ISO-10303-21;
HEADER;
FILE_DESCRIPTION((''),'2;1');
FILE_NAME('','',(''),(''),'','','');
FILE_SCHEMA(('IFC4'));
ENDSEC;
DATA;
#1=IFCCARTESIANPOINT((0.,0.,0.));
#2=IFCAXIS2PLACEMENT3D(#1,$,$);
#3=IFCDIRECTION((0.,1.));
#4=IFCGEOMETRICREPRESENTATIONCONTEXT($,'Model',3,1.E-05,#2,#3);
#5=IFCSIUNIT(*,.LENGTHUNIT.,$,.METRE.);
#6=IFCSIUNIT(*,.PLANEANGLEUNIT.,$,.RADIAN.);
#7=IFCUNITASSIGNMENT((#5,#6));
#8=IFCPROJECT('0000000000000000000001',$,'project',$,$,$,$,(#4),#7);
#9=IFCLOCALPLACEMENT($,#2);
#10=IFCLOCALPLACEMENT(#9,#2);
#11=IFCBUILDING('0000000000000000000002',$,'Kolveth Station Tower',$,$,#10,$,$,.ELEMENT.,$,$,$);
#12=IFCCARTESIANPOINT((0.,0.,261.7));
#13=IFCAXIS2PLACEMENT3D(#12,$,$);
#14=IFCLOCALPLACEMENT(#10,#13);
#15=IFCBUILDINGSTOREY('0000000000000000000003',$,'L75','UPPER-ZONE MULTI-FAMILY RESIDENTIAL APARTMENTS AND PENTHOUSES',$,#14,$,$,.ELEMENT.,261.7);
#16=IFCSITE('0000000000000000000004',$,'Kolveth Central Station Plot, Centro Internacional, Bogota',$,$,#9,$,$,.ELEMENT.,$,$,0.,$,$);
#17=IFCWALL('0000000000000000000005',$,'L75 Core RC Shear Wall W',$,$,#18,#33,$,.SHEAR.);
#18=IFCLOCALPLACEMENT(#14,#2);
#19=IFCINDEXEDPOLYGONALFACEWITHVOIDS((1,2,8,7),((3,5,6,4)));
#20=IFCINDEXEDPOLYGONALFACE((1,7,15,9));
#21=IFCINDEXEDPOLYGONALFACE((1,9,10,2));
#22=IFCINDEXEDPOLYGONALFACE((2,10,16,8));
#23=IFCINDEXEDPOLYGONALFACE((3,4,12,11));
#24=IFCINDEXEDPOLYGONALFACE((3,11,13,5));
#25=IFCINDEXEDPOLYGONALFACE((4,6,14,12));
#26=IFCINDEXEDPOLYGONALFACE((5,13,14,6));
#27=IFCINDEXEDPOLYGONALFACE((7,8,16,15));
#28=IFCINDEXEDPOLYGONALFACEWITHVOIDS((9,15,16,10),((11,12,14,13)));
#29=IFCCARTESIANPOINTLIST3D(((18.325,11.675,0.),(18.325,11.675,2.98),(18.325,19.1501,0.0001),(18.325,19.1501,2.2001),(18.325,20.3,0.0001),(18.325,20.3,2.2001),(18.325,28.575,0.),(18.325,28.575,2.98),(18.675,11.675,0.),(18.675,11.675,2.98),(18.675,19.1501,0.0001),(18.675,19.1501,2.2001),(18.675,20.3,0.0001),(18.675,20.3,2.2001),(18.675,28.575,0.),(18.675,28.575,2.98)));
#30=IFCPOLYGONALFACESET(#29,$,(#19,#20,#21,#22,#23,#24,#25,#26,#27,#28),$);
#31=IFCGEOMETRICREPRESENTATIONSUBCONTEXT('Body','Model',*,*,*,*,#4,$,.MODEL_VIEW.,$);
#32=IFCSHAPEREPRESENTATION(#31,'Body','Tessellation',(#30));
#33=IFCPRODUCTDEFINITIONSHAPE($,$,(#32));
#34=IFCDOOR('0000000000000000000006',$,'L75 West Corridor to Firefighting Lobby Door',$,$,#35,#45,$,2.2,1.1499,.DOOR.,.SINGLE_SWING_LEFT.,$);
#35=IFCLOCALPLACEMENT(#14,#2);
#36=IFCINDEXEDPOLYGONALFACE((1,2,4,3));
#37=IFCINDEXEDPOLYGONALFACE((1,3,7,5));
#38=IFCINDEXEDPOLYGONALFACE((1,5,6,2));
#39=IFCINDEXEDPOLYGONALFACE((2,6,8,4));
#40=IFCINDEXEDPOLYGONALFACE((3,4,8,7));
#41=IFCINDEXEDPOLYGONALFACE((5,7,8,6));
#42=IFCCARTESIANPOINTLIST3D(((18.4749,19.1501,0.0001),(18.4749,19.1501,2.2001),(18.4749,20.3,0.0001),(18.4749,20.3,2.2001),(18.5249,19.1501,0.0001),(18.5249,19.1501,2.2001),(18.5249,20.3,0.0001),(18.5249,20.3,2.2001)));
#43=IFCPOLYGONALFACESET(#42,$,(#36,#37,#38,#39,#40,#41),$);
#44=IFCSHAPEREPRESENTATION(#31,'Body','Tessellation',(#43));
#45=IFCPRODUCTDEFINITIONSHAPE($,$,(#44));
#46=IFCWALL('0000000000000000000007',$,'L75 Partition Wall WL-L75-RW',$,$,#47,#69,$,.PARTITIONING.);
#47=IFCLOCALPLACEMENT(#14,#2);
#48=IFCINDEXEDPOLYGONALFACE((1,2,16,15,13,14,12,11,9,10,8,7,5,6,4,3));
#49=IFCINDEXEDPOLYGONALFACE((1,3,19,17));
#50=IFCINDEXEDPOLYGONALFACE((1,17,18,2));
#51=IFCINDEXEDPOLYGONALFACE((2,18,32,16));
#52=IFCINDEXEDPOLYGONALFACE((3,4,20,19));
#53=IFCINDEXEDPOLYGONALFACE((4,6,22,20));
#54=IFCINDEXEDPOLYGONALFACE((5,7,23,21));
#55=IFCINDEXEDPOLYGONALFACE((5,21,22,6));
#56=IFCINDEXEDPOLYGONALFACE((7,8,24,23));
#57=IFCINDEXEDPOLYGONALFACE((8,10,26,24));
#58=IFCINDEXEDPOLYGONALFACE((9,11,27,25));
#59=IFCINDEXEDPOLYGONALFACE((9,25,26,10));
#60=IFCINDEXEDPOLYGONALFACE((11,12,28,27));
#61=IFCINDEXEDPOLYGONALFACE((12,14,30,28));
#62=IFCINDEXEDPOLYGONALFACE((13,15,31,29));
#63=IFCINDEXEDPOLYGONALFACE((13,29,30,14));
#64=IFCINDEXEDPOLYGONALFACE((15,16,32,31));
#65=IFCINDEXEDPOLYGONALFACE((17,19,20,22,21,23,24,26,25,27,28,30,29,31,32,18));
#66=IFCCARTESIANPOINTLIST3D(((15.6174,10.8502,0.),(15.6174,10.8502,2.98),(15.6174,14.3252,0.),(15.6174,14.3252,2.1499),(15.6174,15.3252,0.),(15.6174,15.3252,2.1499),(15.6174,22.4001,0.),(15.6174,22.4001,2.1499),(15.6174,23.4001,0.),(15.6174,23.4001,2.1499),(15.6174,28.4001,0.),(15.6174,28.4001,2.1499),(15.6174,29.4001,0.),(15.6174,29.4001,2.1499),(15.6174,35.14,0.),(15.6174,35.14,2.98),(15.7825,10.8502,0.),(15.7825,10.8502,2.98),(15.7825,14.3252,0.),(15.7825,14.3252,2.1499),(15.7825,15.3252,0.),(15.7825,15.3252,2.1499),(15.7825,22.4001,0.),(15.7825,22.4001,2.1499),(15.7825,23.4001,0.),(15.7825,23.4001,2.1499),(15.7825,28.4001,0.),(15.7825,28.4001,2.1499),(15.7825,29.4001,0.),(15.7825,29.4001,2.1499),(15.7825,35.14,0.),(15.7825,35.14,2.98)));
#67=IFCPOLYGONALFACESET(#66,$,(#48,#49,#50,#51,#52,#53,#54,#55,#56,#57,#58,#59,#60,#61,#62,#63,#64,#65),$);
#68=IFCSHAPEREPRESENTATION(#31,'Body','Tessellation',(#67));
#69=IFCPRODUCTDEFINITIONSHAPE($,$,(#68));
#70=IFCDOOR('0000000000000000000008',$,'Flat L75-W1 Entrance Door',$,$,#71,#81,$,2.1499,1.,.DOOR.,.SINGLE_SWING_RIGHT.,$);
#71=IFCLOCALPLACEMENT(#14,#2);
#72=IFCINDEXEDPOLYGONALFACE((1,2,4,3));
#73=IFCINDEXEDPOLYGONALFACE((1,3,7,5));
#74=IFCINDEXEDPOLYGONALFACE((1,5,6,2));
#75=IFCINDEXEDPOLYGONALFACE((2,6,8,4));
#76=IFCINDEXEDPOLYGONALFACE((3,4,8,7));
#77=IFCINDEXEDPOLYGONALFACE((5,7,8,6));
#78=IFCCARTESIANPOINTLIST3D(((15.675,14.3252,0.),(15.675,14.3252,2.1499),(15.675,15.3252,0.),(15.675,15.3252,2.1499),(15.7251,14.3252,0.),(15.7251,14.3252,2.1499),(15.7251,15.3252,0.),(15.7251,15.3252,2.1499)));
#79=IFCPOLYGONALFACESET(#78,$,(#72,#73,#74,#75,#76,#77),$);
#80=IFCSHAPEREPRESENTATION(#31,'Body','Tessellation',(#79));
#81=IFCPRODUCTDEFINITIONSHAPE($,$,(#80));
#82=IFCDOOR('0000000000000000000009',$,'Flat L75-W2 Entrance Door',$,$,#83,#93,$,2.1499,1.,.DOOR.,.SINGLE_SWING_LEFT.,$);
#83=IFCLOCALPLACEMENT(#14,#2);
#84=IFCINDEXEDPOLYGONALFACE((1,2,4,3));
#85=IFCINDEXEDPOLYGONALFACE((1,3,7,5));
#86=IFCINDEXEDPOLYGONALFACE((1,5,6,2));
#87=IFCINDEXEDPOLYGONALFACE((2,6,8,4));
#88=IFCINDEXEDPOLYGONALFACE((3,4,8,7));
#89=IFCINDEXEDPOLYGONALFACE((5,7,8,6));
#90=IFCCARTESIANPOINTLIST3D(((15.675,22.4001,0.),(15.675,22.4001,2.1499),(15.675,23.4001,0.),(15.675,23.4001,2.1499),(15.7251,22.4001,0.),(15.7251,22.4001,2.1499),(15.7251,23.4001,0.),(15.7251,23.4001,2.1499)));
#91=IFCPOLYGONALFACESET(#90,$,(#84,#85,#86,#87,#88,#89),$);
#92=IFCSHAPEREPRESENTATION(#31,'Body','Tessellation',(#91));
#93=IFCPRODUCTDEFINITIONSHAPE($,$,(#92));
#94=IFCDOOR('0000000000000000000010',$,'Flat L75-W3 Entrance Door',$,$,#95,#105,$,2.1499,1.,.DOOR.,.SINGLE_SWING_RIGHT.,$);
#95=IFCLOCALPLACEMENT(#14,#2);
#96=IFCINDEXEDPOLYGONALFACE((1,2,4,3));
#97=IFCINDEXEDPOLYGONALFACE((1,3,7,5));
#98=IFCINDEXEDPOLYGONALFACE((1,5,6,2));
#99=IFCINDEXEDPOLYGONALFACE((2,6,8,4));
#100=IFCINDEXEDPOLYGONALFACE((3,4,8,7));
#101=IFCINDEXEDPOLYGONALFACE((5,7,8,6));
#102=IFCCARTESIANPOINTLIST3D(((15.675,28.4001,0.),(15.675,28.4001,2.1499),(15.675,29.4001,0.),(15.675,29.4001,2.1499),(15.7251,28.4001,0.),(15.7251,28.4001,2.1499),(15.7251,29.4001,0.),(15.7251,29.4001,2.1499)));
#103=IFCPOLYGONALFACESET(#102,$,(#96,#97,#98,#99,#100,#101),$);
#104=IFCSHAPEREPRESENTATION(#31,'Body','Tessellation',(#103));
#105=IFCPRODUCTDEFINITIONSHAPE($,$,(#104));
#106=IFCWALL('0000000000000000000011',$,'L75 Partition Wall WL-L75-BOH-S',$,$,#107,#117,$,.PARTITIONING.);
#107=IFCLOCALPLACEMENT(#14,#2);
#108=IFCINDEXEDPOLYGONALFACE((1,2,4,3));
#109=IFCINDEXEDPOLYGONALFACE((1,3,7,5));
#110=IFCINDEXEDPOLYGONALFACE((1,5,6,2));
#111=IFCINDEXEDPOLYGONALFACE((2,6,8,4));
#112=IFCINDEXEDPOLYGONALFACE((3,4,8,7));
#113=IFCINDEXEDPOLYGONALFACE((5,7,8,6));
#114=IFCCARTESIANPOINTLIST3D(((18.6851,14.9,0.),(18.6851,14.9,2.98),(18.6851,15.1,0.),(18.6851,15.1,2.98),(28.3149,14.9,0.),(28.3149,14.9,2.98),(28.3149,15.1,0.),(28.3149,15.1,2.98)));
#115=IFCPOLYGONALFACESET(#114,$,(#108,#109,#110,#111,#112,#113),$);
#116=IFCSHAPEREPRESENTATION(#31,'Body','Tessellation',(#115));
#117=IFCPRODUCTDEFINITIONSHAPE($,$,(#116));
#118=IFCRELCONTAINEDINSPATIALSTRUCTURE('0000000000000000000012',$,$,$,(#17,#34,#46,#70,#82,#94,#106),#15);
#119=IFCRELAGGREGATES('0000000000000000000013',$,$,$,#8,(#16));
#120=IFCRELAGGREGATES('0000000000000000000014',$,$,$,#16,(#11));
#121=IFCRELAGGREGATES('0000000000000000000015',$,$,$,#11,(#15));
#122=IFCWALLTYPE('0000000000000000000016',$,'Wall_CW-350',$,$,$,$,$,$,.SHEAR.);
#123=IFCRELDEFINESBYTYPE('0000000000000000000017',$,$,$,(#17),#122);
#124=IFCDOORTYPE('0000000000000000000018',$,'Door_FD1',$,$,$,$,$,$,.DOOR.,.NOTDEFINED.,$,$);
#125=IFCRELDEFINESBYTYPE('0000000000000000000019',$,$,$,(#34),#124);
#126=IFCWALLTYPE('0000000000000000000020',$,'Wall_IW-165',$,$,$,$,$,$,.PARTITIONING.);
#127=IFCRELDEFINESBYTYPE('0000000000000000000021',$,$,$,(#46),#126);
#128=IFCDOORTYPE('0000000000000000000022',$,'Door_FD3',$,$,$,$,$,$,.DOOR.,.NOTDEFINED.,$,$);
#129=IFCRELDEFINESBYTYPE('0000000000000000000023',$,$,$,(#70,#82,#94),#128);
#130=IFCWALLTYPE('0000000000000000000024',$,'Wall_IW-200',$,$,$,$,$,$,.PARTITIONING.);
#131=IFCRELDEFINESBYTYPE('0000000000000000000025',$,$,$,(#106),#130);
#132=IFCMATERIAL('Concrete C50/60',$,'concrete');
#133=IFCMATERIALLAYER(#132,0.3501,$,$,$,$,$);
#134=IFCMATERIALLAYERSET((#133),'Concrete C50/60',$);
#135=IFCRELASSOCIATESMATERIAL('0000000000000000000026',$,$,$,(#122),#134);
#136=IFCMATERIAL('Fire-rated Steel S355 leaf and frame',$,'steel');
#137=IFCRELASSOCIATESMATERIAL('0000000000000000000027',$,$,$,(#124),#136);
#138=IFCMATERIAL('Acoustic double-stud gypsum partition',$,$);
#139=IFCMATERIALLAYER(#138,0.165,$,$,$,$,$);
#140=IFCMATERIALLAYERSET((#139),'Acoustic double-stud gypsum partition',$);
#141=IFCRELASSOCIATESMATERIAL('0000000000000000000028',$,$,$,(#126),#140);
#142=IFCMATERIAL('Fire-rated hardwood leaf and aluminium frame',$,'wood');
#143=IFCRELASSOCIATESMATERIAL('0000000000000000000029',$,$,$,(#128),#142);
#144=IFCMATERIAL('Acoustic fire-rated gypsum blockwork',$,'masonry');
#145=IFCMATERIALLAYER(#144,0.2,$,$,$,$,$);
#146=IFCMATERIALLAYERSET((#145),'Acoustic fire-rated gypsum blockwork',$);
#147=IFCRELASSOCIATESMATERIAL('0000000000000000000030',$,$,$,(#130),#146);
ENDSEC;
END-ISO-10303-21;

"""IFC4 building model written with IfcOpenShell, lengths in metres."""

from ifc_helpers import new_model, si_unit, direction, frame, frame_2d, origin, place, context, subcontext, project, spatial, rectangle, extrude, material, layer, layer_set, type_object, element, fill, save


model = new_model("IFC4")

# Units and contexts
model_context = context("Model", 3, precision=1e-05, world=origin(), true_north=direction((0.0, 1.0)))
body_context = subcontext(model_context, "Body", "Model", "MODEL_VIEW")
ifc_project = project(units=[si_unit("LENGTHUNIT", "METRE"), si_unit("PLANEANGLEUNIT", "RADIAN")], contexts=[model_context])

# Site, building, storey
site_placement = place(None, origin())
site = spatial("IfcSite", under=ifc_project, at=site_placement, Name="Kolveth Central Station Plot, Centro Internacional, Bogota", CompositionType="ELEMENT", RefElevation=0.0)
building_placement = place(site_placement, origin())
building = spatial("IfcBuilding", under=site, at=building_placement, Name="Kolveth Station Tower", CompositionType="ELEMENT")
storey_placement = place(building_placement, frame((0.0, 0.0, 261.7)))
storey = spatial("IfcBuildingStorey", under=building, at=storey_placement, Name="L75", Description="UPPER-ZONE MULTI-FAMILY RESIDENTIAL APARTMENTS AND PENTHOUSES", CompositionType="ELEMENT", Elevation=261.7)

# Shared definitions
ifc_material_1 = material(Name="Concrete C50/60", Category="concrete")
ifc_layer_1 = layer(ifc_material_1, 0.3501)
ifc_layer_set_1 = layer_set([ifc_layer_1], Name="Concrete C50/60")
wall_type_1 = type_object("IfcWallType", Name="Wall_CW-350", PredefinedType="SHEAR", material=ifc_layer_set_1)

# Wall, opening, door
wall_1_placement = place(storey_placement, frame((18.5, 11.675, 0.0), z_axis=(0.0, 0.0, 1.0), x_axis=(0.0, 1.0, 0.0)))
wall_1 = element("IfcWall", 1, at=wall_1_placement, inside=storey, type_object=wall_type_1, Name="L75 Core RC Shear Wall W", PredefinedType="SHEAR", context=body_context, shape_type="SweptSolid", body=[
    extrude(rectangle(XDim=16.8999, YDim=0.3501, at=frame_2d((8.45, 0.0))), origin(), (0.0, 0.0, 1.0), 2.98),
])
opening_1_placement = place(wall_1_placement, frame((7.4751, 0.0, 0.0)))
opening_1 = element("IfcOpeningElement", 2, at=opening_1_placement, cuts=wall_1, PredefinedType="OPENING", context=body_context, shape_type="SweptSolid", body=[
    extrude(rectangle(XDim=1.1499, YDim=2.2, at=frame_2d((0.575, 1.1001))), frame((0.0, 0.1851, 0.0), z_axis=(0.0, -1.0, 0.0), x_axis=(1.0, 0.0, 0.0)), (0.0, 0.0, 1.0), 0.3701),
])
ifc_material_2 = material(Name="Fire-rated Steel S355 leaf and frame", Category="steel")
door_type_1 = type_object("IfcDoorType", Name="Door_FD1", OperationType="NOTDEFINED", PredefinedType="DOOR", material=ifc_material_2)
door_1_placement = place(opening_1_placement, frame((1.1499, 0.0, 0.0), z_axis=(0.0, 0.0, 1.0), x_axis=(-1.0, 0.0, 0.0)))
door_1 = element("IfcDoor", 3, at=door_1_placement, inside=storey, type_object=door_type_1, Name="L75 West Corridor to Firefighting Lobby Door", OperationType="SINGLE_SWING_LEFT", OverallHeight=2.2, OverallWidth=1.1499, PredefinedType="DOOR", context=body_context, shape_type="SweptSolid", body=[
    extrude(rectangle(XDim=1.1499, YDim=2.2, at=frame_2d((0.575, 1.1001))), frame((0.0, 0.0249, 0.0), z_axis=(0.0, -1.0, 0.0), x_axis=(1.0, 0.0, 0.0)), (0.0, 0.0, 1.0), 0.05),
])
fill(opening_1, door_1)

# Wall, openings, doors
ifc_material_3 = material(Name="Acoustic double-stud gypsum partition")
ifc_layer_2 = layer(ifc_material_3, 0.165)
ifc_layer_set_2 = layer_set([ifc_layer_2], Name="Acoustic double-stud gypsum partition")
wall_type_2 = type_object("IfcWallType", Name="Wall_IW-165", PredefinedType="PARTITIONING", material=ifc_layer_set_2)
wall_2_placement = place(storey_placement, frame((15.7, 10.8501, 0.0), z_axis=(0.0, 0.0, 1.0), x_axis=(0.0, 1.0, 0.0)))
wall_2 = element("IfcWall", 4, at=wall_2_placement, inside=storey, type_object=wall_type_2, Name="L75 Partition Wall WL-L75-RW", PredefinedType="PARTITIONING", context=body_context, shape_type="SweptSolid", body=[
    extrude(rectangle(XDim=24.2898, YDim=0.165, at=frame_2d((12.145, 0.0))), origin(), (0.0, 0.0, 1.0), 2.98),
])
opening_2_placement = place(wall_2_placement, frame((3.4751, 0.0, 0.0)))
opening_2 = element("IfcOpeningElement", 5, at=opening_2_placement, cuts=wall_2, PredefinedType="OPENING", context=body_context, shape_type="SweptSolid", body=[
    extrude(rectangle(XDim=1.0, YDim=2.1499, at=frame_2d((0.5, 1.075))), frame((0.0, 0.0925, 0.0), z_axis=(0.0, -1.0, 0.0), x_axis=(1.0, 0.0, 0.0)), (0.0, 0.0, 1.0), 0.1851),
])
opening_3_placement = place(wall_2_placement, frame((11.55, 0.0, 0.0)))
opening_3 = element("IfcOpeningElement", 6, at=opening_3_placement, cuts=wall_2, PredefinedType="OPENING", context=body_context, shape_type="SweptSolid", body=[
    extrude(rectangle(XDim=1.0, YDim=2.1499, at=frame_2d((0.5, 1.075))), frame((0.0, 0.0925, 0.0), z_axis=(0.0, -1.0, 0.0), x_axis=(1.0, 0.0, 0.0)), (0.0, 0.0, 1.0), 0.1851),
])
opening_4_placement = place(wall_2_placement, frame((17.55, 0.0, 0.0)))
opening_4 = element("IfcOpeningElement", 7, at=opening_4_placement, cuts=wall_2, PredefinedType="OPENING", context=body_context, shape_type="SweptSolid", body=[
    extrude(rectangle(XDim=1.0, YDim=2.1499, at=frame_2d((0.5, 1.075))), frame((0.0, 0.0925, 0.0), z_axis=(0.0, -1.0, 0.0), x_axis=(1.0, 0.0, 0.0)), (0.0, 0.0, 1.0), 0.1851),
])
ifc_material_4 = material(Name="Fire-rated hardwood leaf and aluminium frame", Category="wood")
door_type_2 = type_object("IfcDoorType", Name="Door_FD3", OperationType="NOTDEFINED", PredefinedType="DOOR", material=ifc_material_4)
door_2_placement = place(opening_2_placement, origin())
door_2 = element("IfcDoor", 8, at=door_2_placement, inside=storey, type_object=door_type_2, Name="Flat L75-W1 Entrance Door", OperationType="SINGLE_SWING_RIGHT", OverallHeight=2.1499, OverallWidth=1.0, PredefinedType="DOOR", context=body_context, shape_type="SweptSolid", body=[
    extrude(rectangle(XDim=1.0, YDim=2.1499, at=frame_2d((0.5, 1.075))), frame((0.0, 0.0249, 0.0), z_axis=(0.0, -1.0, 0.0), x_axis=(1.0, 0.0, 0.0)), (0.0, 0.0, 1.0), 0.05),
])
fill(opening_2, door_2)
door_3_placement = place(opening_3_placement, origin())
door_3 = element("IfcDoor", 9, at=door_3_placement, inside=storey, type_object=door_type_2, Name="Flat L75-W2 Entrance Door", OperationType="SINGLE_SWING_LEFT", OverallHeight=2.1499, OverallWidth=1.0, PredefinedType="DOOR", context=body_context, shape_type="SweptSolid", body=[
    extrude(rectangle(XDim=1.0, YDim=2.1499, at=frame_2d((0.5, 1.075))), frame((0.0, 0.0249, 0.0), z_axis=(0.0, -1.0, 0.0), x_axis=(1.0, 0.0, 0.0)), (0.0, 0.0, 1.0), 0.05),
])
fill(opening_3, door_3)
door_4_placement = place(opening_4_placement, origin())
door_4 = element("IfcDoor", 10, at=door_4_placement, inside=storey, type_object=door_type_2, Name="Flat L75-W3 Entrance Door", OperationType="SINGLE_SWING_RIGHT", OverallHeight=2.1499, OverallWidth=1.0, PredefinedType="DOOR", context=body_context, shape_type="SweptSolid", body=[
    extrude(rectangle(XDim=1.0, YDim=2.1499, at=frame_2d((0.5, 1.075))), frame((0.0, 0.0249, 0.0), z_axis=(0.0, -1.0, 0.0), x_axis=(1.0, 0.0, 0.0)), (0.0, 0.0, 1.0), 0.05),
])
fill(opening_4, door_4)

# Wall
ifc_material_5 = material(Name="Acoustic fire-rated gypsum blockwork", Category="masonry")
ifc_layer_3 = layer(ifc_material_5, 0.2)
ifc_layer_set_3 = layer_set([ifc_layer_3], Name="Acoustic fire-rated gypsum blockwork")
wall_type_3 = type_object("IfcWallType", Name="Wall_IW-200", PredefinedType="PARTITIONING", material=ifc_layer_set_3)
wall_3_placement = place(storey_placement, frame((18.6851, 15.0, 0.0), z_axis=(0.0, 0.0, 1.0), x_axis=(1.0, 0.0, 0.0)))
element("IfcWall", 11, at=wall_3_placement, inside=storey, type_object=wall_type_3, Name="L75 Partition Wall WL-L75-BOH-S", PredefinedType="PARTITIONING", context=body_context, shape_type="SweptSolid", body=[
    extrude(rectangle(XDim=9.6299, YDim=0.2, at=frame_2d((4.8149, 0.0))), origin(), (0.0, 0.0, 1.0), 2.98),
])

save(model, "model.ifc")
